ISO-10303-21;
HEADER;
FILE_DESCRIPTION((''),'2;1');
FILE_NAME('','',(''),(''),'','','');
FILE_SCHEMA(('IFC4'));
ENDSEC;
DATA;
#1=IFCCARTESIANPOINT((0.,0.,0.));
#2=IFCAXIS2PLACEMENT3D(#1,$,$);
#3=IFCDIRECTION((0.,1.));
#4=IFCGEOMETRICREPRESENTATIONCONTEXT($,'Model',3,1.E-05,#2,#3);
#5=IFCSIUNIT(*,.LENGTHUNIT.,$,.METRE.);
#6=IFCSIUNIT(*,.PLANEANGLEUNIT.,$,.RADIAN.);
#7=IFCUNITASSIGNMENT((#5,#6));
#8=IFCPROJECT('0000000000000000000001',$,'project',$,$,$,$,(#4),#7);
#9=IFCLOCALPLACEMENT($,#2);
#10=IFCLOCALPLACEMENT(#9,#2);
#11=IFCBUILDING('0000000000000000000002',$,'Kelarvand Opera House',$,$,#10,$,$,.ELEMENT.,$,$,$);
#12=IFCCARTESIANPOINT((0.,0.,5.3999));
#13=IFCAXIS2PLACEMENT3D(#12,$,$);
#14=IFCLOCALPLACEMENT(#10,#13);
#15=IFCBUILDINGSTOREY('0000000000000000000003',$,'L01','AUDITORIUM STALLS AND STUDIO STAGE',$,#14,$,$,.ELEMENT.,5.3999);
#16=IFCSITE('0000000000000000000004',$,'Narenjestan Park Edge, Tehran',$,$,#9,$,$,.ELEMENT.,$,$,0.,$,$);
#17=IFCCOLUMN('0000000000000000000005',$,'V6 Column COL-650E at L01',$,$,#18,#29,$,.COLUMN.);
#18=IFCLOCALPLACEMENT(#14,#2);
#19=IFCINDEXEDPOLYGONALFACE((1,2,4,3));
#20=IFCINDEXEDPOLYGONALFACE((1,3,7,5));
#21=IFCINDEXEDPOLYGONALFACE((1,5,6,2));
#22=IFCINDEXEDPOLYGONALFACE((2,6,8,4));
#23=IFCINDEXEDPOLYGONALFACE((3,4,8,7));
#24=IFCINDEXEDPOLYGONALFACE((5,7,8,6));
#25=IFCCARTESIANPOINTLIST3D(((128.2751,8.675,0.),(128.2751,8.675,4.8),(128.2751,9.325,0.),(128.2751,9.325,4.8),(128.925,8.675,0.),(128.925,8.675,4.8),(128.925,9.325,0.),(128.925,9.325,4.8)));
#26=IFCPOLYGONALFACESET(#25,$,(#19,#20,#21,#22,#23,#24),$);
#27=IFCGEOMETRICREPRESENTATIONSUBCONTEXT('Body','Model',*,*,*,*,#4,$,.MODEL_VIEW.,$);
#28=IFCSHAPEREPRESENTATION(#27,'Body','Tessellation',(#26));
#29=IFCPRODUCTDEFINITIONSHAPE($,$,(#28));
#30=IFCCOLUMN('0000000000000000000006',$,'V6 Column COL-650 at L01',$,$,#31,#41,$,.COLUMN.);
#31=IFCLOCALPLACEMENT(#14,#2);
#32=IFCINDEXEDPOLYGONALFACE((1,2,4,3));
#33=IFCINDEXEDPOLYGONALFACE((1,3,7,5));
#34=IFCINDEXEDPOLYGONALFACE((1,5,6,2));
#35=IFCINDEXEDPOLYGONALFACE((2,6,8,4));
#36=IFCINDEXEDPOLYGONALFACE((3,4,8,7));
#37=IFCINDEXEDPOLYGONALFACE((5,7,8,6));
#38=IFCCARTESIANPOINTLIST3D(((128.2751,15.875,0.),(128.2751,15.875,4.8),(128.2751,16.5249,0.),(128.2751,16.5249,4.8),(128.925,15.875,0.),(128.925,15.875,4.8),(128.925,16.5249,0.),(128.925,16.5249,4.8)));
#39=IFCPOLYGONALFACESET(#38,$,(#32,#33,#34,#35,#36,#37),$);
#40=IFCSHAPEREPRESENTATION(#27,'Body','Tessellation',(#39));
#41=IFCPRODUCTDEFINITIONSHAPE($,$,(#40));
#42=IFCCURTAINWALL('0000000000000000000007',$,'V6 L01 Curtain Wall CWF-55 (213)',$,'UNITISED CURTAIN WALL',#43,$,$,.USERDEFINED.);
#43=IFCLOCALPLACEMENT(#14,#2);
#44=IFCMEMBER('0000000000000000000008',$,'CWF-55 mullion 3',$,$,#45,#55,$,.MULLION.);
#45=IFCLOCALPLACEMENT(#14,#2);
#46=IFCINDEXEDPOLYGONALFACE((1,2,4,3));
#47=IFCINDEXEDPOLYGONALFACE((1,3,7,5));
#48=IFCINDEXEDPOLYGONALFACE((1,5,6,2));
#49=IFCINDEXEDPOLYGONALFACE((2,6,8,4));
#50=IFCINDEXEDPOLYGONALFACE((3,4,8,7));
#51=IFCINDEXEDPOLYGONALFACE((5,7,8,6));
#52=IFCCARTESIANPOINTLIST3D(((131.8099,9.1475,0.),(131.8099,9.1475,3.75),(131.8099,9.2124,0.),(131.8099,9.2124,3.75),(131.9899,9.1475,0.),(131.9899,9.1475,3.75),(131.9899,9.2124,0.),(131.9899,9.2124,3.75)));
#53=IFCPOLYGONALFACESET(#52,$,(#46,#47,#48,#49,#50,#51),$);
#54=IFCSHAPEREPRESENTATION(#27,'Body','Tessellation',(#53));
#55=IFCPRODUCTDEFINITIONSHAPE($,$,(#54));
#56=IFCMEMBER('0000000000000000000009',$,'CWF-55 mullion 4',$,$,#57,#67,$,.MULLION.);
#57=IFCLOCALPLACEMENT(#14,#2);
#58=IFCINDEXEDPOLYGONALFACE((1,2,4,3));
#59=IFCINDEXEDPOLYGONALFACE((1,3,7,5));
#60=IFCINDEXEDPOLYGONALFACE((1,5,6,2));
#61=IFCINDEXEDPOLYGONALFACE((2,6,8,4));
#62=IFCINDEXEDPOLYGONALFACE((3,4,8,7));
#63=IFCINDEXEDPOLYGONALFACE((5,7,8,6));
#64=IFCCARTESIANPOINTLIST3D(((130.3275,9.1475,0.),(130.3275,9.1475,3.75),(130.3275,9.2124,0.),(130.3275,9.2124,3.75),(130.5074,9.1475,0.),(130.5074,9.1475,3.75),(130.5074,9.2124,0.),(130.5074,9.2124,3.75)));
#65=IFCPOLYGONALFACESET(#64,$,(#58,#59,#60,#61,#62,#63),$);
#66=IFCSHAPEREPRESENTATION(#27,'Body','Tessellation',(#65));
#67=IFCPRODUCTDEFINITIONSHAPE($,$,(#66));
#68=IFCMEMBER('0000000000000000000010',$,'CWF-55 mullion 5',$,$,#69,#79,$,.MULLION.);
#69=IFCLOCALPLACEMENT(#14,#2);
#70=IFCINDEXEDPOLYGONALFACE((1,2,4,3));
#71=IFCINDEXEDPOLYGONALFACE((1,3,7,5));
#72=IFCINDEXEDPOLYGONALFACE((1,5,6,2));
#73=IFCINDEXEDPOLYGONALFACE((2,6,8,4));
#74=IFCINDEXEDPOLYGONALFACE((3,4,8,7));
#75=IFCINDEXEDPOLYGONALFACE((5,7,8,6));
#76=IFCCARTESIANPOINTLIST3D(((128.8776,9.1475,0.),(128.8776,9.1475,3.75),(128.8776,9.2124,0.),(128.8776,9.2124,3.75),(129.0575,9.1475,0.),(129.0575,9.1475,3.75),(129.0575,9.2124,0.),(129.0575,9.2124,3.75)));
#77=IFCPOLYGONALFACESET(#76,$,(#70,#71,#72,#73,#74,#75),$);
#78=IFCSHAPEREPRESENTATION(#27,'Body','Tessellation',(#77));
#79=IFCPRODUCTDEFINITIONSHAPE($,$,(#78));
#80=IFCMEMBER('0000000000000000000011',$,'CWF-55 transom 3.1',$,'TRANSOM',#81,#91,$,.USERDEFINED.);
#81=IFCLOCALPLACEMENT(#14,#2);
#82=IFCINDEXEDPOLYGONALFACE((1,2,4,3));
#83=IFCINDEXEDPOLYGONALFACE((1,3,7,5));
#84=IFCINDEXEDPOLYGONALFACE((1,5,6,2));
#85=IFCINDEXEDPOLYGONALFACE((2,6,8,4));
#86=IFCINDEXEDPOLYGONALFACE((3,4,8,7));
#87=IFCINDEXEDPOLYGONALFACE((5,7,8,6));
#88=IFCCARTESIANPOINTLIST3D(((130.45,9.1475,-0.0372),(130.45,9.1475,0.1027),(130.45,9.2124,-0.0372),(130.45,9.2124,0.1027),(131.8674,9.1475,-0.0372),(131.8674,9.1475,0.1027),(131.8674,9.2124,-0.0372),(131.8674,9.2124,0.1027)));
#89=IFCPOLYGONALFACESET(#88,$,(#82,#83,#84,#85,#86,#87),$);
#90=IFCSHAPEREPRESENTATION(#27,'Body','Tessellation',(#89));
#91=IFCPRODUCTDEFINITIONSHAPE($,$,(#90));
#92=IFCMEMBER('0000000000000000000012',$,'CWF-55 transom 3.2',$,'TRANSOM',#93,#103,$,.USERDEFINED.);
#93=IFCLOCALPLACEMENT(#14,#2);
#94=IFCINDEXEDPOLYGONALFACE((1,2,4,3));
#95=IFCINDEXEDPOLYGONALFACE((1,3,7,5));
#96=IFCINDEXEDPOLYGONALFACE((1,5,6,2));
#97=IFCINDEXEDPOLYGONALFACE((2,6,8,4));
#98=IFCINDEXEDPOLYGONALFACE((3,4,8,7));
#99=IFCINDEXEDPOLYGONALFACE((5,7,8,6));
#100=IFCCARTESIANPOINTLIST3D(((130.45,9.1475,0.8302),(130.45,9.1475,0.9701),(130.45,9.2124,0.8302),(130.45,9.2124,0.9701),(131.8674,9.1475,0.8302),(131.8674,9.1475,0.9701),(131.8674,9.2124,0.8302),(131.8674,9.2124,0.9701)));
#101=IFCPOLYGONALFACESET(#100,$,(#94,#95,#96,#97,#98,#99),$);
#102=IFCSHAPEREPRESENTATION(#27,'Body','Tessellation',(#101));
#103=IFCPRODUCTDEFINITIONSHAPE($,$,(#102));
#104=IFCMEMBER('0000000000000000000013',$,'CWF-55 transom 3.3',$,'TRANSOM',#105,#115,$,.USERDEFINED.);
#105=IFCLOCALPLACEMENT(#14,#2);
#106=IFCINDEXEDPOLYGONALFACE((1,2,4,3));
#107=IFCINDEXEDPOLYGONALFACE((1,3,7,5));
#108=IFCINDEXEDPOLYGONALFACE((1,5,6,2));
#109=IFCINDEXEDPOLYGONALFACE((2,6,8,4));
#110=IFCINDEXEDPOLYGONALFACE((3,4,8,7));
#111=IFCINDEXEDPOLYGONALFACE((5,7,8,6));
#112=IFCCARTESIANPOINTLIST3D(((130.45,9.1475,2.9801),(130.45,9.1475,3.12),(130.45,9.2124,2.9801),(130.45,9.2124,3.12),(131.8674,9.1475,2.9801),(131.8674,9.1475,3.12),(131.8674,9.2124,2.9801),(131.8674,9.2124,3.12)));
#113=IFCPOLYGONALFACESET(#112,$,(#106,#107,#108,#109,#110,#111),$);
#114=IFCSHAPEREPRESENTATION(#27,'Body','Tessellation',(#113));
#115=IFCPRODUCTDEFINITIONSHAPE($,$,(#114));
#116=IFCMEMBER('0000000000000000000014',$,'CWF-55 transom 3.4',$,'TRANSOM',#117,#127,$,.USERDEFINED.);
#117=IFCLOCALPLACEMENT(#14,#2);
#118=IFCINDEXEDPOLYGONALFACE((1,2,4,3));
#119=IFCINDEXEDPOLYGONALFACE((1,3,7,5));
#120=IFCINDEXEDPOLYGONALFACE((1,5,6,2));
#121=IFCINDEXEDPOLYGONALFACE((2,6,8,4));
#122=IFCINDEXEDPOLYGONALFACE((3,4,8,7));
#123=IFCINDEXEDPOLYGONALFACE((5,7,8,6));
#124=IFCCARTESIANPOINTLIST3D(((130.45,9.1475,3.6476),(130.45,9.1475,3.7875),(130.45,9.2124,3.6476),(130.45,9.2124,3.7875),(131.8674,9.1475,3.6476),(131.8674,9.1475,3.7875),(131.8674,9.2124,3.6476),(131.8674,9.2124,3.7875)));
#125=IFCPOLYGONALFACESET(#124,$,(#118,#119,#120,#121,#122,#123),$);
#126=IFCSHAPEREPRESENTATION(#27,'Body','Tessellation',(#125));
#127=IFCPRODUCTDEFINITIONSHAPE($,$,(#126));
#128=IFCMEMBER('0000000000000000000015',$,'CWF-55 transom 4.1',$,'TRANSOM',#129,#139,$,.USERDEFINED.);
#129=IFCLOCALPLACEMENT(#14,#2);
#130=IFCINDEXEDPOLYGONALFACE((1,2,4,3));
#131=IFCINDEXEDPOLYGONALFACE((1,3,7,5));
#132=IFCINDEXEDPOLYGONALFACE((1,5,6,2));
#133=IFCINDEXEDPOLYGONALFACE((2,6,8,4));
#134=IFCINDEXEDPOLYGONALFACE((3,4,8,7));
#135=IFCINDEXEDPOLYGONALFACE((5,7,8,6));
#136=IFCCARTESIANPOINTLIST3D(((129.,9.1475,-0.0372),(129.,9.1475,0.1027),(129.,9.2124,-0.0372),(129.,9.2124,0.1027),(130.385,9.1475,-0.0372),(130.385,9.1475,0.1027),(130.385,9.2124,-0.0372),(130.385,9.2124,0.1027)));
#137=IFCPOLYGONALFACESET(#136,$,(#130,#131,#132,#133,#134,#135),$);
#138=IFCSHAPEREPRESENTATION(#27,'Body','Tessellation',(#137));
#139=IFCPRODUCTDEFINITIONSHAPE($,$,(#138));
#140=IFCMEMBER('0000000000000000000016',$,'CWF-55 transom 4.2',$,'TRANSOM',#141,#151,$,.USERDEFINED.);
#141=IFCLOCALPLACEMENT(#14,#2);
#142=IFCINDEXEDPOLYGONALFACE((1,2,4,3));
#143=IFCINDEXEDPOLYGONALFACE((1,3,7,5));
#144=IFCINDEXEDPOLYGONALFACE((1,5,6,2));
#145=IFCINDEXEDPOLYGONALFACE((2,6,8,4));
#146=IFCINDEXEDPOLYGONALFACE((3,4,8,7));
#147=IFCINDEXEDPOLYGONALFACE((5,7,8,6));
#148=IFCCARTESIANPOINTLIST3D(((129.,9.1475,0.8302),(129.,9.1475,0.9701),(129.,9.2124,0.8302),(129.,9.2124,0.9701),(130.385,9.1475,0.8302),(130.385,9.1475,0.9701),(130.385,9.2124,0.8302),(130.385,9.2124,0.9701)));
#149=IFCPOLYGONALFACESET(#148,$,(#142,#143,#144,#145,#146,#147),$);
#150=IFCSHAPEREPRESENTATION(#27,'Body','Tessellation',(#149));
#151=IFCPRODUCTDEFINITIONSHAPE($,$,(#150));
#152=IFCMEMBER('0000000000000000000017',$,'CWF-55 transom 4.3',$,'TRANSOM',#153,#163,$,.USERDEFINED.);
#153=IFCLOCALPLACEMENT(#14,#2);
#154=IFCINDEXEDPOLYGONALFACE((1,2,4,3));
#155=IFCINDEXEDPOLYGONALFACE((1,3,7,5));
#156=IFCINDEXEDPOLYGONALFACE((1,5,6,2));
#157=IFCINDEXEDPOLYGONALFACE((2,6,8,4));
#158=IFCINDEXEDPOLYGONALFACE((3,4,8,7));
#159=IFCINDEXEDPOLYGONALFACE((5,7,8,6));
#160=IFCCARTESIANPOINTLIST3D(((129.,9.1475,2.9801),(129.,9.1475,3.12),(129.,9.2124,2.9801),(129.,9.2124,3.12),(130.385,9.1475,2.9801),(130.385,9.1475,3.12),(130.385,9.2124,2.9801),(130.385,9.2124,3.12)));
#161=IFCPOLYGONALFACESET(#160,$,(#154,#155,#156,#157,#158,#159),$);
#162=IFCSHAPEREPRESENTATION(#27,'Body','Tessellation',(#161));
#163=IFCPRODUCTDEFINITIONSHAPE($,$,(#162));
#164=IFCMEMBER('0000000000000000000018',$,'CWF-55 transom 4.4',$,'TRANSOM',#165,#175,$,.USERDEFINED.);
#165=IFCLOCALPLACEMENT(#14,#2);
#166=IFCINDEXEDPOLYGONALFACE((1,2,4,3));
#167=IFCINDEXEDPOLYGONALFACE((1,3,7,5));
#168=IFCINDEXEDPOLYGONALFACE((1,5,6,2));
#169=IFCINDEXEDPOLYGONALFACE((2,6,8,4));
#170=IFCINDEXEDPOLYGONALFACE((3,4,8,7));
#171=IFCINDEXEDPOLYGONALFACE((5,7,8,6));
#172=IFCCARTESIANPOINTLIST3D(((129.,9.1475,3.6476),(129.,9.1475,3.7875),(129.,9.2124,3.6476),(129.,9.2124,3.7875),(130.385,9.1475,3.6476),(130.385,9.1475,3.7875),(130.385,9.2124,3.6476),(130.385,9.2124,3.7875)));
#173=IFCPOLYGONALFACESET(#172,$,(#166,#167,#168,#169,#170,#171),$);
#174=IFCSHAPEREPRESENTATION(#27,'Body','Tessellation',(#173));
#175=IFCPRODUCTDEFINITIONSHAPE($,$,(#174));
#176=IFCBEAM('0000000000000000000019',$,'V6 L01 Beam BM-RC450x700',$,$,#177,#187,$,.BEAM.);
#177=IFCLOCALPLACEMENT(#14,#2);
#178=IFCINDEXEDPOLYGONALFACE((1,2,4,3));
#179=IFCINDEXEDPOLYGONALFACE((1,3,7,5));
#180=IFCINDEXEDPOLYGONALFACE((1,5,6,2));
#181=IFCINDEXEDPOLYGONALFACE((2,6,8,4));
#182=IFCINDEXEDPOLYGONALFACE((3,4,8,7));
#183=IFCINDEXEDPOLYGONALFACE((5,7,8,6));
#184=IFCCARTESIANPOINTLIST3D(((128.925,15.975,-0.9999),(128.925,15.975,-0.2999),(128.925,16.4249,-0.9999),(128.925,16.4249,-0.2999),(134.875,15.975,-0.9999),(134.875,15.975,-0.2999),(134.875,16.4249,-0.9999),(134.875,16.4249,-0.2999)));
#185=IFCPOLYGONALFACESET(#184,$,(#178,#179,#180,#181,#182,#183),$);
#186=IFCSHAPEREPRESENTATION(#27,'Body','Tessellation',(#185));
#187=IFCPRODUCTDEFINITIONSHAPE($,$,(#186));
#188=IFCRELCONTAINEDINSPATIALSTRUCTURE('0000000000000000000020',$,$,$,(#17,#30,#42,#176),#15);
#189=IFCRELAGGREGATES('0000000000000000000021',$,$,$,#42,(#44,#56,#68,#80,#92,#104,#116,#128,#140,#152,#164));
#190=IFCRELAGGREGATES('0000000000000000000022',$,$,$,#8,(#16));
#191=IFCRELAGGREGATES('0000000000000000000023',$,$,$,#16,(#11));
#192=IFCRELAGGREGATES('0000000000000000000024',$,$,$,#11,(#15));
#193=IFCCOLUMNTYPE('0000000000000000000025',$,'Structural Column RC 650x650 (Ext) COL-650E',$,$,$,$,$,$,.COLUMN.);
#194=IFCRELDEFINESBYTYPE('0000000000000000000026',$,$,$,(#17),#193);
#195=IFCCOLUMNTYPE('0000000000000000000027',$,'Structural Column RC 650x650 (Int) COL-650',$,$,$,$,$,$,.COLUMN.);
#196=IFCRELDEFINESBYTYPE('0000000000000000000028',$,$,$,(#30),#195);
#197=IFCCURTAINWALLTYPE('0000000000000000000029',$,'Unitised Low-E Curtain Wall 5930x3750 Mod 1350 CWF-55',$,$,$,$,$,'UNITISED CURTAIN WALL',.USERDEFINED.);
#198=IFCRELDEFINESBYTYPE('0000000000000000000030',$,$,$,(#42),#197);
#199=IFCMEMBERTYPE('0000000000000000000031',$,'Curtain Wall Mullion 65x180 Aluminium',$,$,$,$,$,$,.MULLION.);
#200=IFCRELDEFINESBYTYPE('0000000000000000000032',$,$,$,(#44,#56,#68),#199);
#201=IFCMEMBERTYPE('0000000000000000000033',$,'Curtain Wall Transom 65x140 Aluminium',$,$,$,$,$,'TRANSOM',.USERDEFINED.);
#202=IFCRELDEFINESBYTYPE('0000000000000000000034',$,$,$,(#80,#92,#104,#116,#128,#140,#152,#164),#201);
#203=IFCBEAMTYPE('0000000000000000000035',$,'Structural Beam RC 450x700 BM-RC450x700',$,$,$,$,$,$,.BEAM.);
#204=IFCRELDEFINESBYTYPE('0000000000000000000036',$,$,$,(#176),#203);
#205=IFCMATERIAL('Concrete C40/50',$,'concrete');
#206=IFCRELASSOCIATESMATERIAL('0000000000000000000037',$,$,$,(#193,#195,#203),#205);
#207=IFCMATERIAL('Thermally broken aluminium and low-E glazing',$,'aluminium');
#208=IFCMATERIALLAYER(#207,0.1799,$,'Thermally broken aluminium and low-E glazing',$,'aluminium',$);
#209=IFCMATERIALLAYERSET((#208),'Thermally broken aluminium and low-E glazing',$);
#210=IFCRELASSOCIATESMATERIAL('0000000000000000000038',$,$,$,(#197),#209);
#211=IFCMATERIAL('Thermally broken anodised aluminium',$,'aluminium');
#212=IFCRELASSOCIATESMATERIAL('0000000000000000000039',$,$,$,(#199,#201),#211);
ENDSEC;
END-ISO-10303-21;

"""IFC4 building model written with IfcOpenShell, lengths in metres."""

from ifc_helpers import new_model, si_unit, direction, frame, origin, origin_2d, place, context, subcontext, project, spatial, rectangle, extrude, material, layer, layer_set, material_profile, profile_set, type_object, element, aggregate, save


model = new_model("IFC4")

# Units and contexts
model_context = context("Model", 3, precision=1e-05, world=origin(), true_north=direction((0.0, 1.0)))
body_context = subcontext(model_context, "Body", "Model", "MODEL_VIEW")
ifc_project = project(units=[si_unit("LENGTHUNIT", "METRE"), si_unit("PLANEANGLEUNIT", "RADIAN")], contexts=[model_context])

# Site, building, storey
site_placement = place(None, origin())
site = spatial("IfcSite", under=ifc_project, at=site_placement, Name="Narenjestan Park Edge, Tehran", CompositionType="ELEMENT", RefElevation=0.0)
building_placement = place(site_placement, origin())
building = spatial("IfcBuilding", under=site, at=building_placement, Name="Kelarvand Opera House", CompositionType="ELEMENT")
storey_placement = place(building_placement, frame((0.0, 0.0, 5.3999)))
storey = spatial("IfcBuildingStorey", under=building, at=storey_placement, Name="L01", Description="AUDITORIUM STALLS AND STUDIO STAGE", CompositionType="ELEMENT", Elevation=5.3999)

# Columns
ifc_material_1 = material(Name="Concrete C40/50", Category="concrete")
ifc_material_profile_1 = material_profile(ifc_material_1, rectangle(XDim=0.6499, YDim=0.6499, at=origin_2d()), Name="RC 650x650", Category="concrete")
ifc_profile_set_1 = profile_set([ifc_material_profile_1], Name="Concrete C40/50")
column_type_1 = type_object("IfcColumnType", Name="Structural Column RC 650x650 (Ext) COL-650E", PredefinedType="COLUMN", material=ifc_profile_set_1)
column_1_placement = place(storey_placement, frame((128.6001, 9.0, 0.0), z_axis=(0.0, 0.0, 1.0), x_axis=(1.0, 0.0, 0.0)))
element("IfcColumn", 1, at=column_1_placement, inside=storey, type_object=column_type_1, Name="V6 Column COL-650E at L01", PredefinedType="COLUMN", context=body_context, shape_type="SweptSolid", body=[
    extrude(rectangle(XDim=0.6499, YDim=0.6499, at=origin_2d()), origin(), (0.0, 0.0, 1.0), 4.8),
])
ifc_material_profile_2 = material_profile(ifc_material_1, rectangle(XDim=0.6499, YDim=0.6499, at=origin_2d()), Name="RC 650x650", Category="concrete")
ifc_profile_set_2 = profile_set([ifc_material_profile_2], Name="Concrete C40/50")
column_type_2 = type_object("IfcColumnType", Name="Structural Column RC 650x650 (Int) COL-650", PredefinedType="COLUMN", material=ifc_profile_set_2)
column_2_placement = place(storey_placement, frame((128.6001, 16.2, 0.0), z_axis=(0.0, 0.0, 1.0), x_axis=(1.0, 0.0, 0.0)))
element("IfcColumn", 2, at=column_2_placement, inside=storey, type_object=column_type_2, Name="V6 Column COL-650 at L01", PredefinedType="COLUMN", context=body_context, shape_type="SweptSolid", body=[
    extrude(rectangle(XDim=0.6499, YDim=0.6499, at=origin_2d()), origin(), (0.0, 0.0, 1.0), 4.8),
])

# Curtain wall, members
ifc_material_2 = material(Name="Thermally broken aluminium and low-E glazing", Category="aluminium")
ifc_layer_1 = layer(ifc_material_2, 0.1799, Name="Thermally broken aluminium and low-E glazing", Category="aluminium")
ifc_layer_set_1 = layer_set([ifc_layer_1], Name="Thermally broken aluminium and low-E glazing")
curtain_wall_type = type_object("IfcCurtainWallType", Name="Unitised Low-E Curtain Wall 5930x3750 Mod 1350 CWF-55", ElementType="UNITISED CURTAIN WALL", PredefinedType="USERDEFINED", material=ifc_layer_set_1)
curtain_wall_placement = place(storey_placement, origin())
curtain_wall = element("IfcCurtainWall", 3, at=curtain_wall_placement, inside=storey, type_object=curtain_wall_type, Name="V6 L01 Curtain Wall CWF-55 (213)", ObjectType="UNITISED CURTAIN WALL", PredefinedType="USERDEFINED")
ifc_material_3 = material(Name="Thermally broken anodised aluminium", Category="aluminium")
ifc_material_profile_3 = material_profile(ifc_material_3, rectangle(XDim=0.0649, YDim=0.1799, at=origin_2d()), Name="ALU MULLION 65x180", Category="aluminium")
ifc_profile_set_3 = profile_set([ifc_material_profile_3], Name="Thermally broken anodised aluminium")
member_type_1 = type_object("IfcMemberType", Name="Curtain Wall Mullion 65x180 Aluminium", PredefinedType="MULLION", material=ifc_profile_set_3)
member_1_placement = place(storey_placement, frame((131.8999, 9.1799, 0.0), z_axis=(0.0, 0.0, 1.0), x_axis=(0.0, -1.0, 0.0)))
member_1 = element("IfcMember", 4, at=member_1_placement, type_object=member_type_1, Name="CWF-55 mullion 3", PredefinedType="MULLION", context=body_context, shape_type="SweptSolid", body=[
    extrude(rectangle(XDim=0.0649, YDim=0.1799, at=origin_2d()), origin(), (0.0, 0.0, 1.0), 3.75),
])
member_2_placement = place(storey_placement, frame((130.4175, 9.1799, 0.0), z_axis=(0.0, 0.0, 1.0), x_axis=(0.0, -1.0, 0.0)))
member_2 = element("IfcMember", 5, at=member_2_placement, type_object=member_type_1, Name="CWF-55 mullion 4", PredefinedType="MULLION", context=body_context, shape_type="SweptSolid", body=[
    extrude(rectangle(XDim=0.0649, YDim=0.1799, at=origin_2d()), origin(), (0.0, 0.0, 1.0), 3.75),
])
member_3_placement = place(storey_placement, frame((128.9675, 9.1799, 0.0), z_axis=(0.0, 0.0, 1.0), x_axis=(0.0, -1.0, 0.0)))
member_3 = element("IfcMember", 6, at=member_3_placement, type_object=member_type_1, Name="CWF-55 mullion 5", PredefinedType="MULLION", context=body_context, shape_type="SweptSolid", body=[
    extrude(rectangle(XDim=0.0649, YDim=0.1799, at=origin_2d()), origin(), (0.0, 0.0, 1.0), 3.75),
])
ifc_material_profile_4 = material_profile(ifc_material_3, rectangle(XDim=0.0649, YDim=0.1399, at=origin_2d()), Name="ALU TRANSOM 65x140", Category="aluminium")
ifc_profile_set_4 = profile_set([ifc_material_profile_4], Name="Thermally broken anodised aluminium")
member_type_2 = type_object("IfcMemberType", Name="Curtain Wall Transom 65x140 Aluminium", ElementType="TRANSOM", PredefinedType="USERDEFINED", material=ifc_profile_set_4)
member_4_placement = place(storey_placement, frame((131.8674, 9.1799, 0.0327), z_axis=(-1.0, 0.0, 0.0), x_axis=(0.0, -1.0, 0.0)))
member_4 = element("IfcMember", 7, at=member_4_placement, type_object=member_type_2, Name="CWF-55 transom 3.1", ObjectType="TRANSOM", PredefinedType="USERDEFINED", context=body_context, shape_type="SweptSolid", body=[
    extrude(rectangle(XDim=0.0649, YDim=0.1399, at=origin_2d()), origin(), (0.0, 0.0, 1.0), 1.4175),
])
member_5_placement = place(storey_placement, frame((131.8674, 9.1799, 0.9001), z_axis=(-1.0, 0.0, 0.0), x_axis=(0.0, -1.0, 0.0)))
member_5 = element("IfcMember", 8, at=member_5_placement, type_object=member_type_2, Name="CWF-55 transom 3.2", ObjectType="TRANSOM", PredefinedType="USERDEFINED", context=body_context, shape_type="SweptSolid", body=[
    extrude(rectangle(XDim=0.0649, YDim=0.1399, at=origin_2d()), origin(), (0.0, 0.0, 1.0), 1.4175),
])
member_6_placement = place(storey_placement, frame((131.8674, 9.1799, 3.05), z_axis=(-1.0, 0.0, 0.0), x_axis=(0.0, -1.0, 0.0)))
member_6 = element("IfcMember", 9, at=member_6_placement, type_object=member_type_2, Name="CWF-55 transom 3.3", ObjectType="TRANSOM", PredefinedType="USERDEFINED", context=body_context, shape_type="SweptSolid", body=[
    extrude(rectangle(XDim=0.0649, YDim=0.1399, at=origin_2d()), origin(), (0.0, 0.0, 1.0), 1.4175),
])
member_7_placement = place(storey_placement, frame((131.8674, 9.1799, 3.7175), z_axis=(-1.0, 0.0, 0.0), x_axis=(0.0, -1.0, 0.0)))
member_7 = element("IfcMember", 10, at=member_7_placement, type_object=member_type_2, Name="CWF-55 transom 3.4", ObjectType="TRANSOM", PredefinedType="USERDEFINED", context=body_context, shape_type="SweptSolid", body=[
    extrude(rectangle(XDim=0.0649, YDim=0.1399, at=origin_2d()), origin(), (0.0, 0.0, 1.0), 1.4175),
])
member_8_placement = place(storey_placement, frame((130.385, 9.1799, 0.0327), z_axis=(-1.0, 0.0, 0.0), x_axis=(0.0, -1.0, 0.0)))
member_8 = element("IfcMember", 11, at=member_8_placement, type_object=member_type_2, Name="CWF-55 transom 4.1", ObjectType="TRANSOM", PredefinedType="USERDEFINED", context=body_context, shape_type="SweptSolid", body=[
    extrude(rectangle(XDim=0.0649, YDim=0.1399, at=origin_2d()), origin(), (0.0, 0.0, 1.0), 1.385),
])
member_9_placement = place(storey_placement, frame((130.385, 9.1799, 0.9001), z_axis=(-1.0, 0.0, 0.0), x_axis=(0.0, -1.0, 0.0)))
member_9 = element("IfcMember", 12, at=member_9_placement, type_object=member_type_2, Name="CWF-55 transom 4.2", ObjectType="TRANSOM", PredefinedType="USERDEFINED", context=body_context, shape_type="SweptSolid", body=[
    extrude(rectangle(XDim=0.0649, YDim=0.1399, at=origin_2d()), origin(), (0.0, 0.0, 1.0), 1.385),
])
member_10_placement = place(storey_placement, frame((130.385, 9.1799, 3.05), z_axis=(-1.0, 0.0, 0.0), x_axis=(0.0, -1.0, 0.0)))
member_10 = element("IfcMember", 13, at=member_10_placement, type_object=member_type_2, Name="CWF-55 transom 4.3", ObjectType="TRANSOM", PredefinedType="USERDEFINED", context=body_context, shape_type="SweptSolid", body=[
    extrude(rectangle(XDim=0.0649, YDim=0.1399, at=origin_2d()), origin(), (0.0, 0.0, 1.0), 1.385),
])
member_11_placement = place(storey_placement, frame((130.385, 9.1799, 3.7175), z_axis=(-1.0, 0.0, 0.0), x_axis=(0.0, -1.0, 0.0)))
member_11 = element("IfcMember", 14, at=member_11_placement, type_object=member_type_2, Name="CWF-55 transom 4.4", ObjectType="TRANSOM", PredefinedType="USERDEFINED", context=body_context, shape_type="SweptSolid", body=[
    extrude(rectangle(XDim=0.0649, YDim=0.1399, at=origin_2d()), origin(), (0.0, 0.0, 1.0), 1.385),
])

# Beam
ifc_material_profile_5 = material_profile(ifc_material_1, rectangle(XDim=0.45, YDim=0.7, at=origin_2d()), Name="RC 450x700", Category="concrete")
ifc_profile_set_5 = profile_set([ifc_material_profile_5], Name="Concrete C40/50")
beam_type_1 = type_object("IfcBeamType", Name="Structural Beam RC 450x700 BM-RC450x700", PredefinedType="BEAM", material=ifc_profile_set_5)
beam_1_placement = place(storey_placement, frame((128.925, 16.2, -0.6499), z_axis=(1.0, 0.0, 0.0), x_axis=(0.0, 1.0, 0.0)))
element("IfcBeam", 15, at=beam_1_placement, inside=storey, type_object=beam_type_1, Name="V6 L01 Beam BM-RC450x700", PredefinedType="BEAM", context=body_context, shape_type="SweptSolid", body=[
    extrude(rectangle(XDim=0.45, YDim=0.7, at=origin_2d()), origin(), (0.0, 0.0, 1.0), 5.95),
])

aggregate(curtain_wall, [member_1, member_2, member_3, member_4, member_5, member_6, member_7, member_8, member_9, member_10, member_11])

save(model, "model.ifc")
